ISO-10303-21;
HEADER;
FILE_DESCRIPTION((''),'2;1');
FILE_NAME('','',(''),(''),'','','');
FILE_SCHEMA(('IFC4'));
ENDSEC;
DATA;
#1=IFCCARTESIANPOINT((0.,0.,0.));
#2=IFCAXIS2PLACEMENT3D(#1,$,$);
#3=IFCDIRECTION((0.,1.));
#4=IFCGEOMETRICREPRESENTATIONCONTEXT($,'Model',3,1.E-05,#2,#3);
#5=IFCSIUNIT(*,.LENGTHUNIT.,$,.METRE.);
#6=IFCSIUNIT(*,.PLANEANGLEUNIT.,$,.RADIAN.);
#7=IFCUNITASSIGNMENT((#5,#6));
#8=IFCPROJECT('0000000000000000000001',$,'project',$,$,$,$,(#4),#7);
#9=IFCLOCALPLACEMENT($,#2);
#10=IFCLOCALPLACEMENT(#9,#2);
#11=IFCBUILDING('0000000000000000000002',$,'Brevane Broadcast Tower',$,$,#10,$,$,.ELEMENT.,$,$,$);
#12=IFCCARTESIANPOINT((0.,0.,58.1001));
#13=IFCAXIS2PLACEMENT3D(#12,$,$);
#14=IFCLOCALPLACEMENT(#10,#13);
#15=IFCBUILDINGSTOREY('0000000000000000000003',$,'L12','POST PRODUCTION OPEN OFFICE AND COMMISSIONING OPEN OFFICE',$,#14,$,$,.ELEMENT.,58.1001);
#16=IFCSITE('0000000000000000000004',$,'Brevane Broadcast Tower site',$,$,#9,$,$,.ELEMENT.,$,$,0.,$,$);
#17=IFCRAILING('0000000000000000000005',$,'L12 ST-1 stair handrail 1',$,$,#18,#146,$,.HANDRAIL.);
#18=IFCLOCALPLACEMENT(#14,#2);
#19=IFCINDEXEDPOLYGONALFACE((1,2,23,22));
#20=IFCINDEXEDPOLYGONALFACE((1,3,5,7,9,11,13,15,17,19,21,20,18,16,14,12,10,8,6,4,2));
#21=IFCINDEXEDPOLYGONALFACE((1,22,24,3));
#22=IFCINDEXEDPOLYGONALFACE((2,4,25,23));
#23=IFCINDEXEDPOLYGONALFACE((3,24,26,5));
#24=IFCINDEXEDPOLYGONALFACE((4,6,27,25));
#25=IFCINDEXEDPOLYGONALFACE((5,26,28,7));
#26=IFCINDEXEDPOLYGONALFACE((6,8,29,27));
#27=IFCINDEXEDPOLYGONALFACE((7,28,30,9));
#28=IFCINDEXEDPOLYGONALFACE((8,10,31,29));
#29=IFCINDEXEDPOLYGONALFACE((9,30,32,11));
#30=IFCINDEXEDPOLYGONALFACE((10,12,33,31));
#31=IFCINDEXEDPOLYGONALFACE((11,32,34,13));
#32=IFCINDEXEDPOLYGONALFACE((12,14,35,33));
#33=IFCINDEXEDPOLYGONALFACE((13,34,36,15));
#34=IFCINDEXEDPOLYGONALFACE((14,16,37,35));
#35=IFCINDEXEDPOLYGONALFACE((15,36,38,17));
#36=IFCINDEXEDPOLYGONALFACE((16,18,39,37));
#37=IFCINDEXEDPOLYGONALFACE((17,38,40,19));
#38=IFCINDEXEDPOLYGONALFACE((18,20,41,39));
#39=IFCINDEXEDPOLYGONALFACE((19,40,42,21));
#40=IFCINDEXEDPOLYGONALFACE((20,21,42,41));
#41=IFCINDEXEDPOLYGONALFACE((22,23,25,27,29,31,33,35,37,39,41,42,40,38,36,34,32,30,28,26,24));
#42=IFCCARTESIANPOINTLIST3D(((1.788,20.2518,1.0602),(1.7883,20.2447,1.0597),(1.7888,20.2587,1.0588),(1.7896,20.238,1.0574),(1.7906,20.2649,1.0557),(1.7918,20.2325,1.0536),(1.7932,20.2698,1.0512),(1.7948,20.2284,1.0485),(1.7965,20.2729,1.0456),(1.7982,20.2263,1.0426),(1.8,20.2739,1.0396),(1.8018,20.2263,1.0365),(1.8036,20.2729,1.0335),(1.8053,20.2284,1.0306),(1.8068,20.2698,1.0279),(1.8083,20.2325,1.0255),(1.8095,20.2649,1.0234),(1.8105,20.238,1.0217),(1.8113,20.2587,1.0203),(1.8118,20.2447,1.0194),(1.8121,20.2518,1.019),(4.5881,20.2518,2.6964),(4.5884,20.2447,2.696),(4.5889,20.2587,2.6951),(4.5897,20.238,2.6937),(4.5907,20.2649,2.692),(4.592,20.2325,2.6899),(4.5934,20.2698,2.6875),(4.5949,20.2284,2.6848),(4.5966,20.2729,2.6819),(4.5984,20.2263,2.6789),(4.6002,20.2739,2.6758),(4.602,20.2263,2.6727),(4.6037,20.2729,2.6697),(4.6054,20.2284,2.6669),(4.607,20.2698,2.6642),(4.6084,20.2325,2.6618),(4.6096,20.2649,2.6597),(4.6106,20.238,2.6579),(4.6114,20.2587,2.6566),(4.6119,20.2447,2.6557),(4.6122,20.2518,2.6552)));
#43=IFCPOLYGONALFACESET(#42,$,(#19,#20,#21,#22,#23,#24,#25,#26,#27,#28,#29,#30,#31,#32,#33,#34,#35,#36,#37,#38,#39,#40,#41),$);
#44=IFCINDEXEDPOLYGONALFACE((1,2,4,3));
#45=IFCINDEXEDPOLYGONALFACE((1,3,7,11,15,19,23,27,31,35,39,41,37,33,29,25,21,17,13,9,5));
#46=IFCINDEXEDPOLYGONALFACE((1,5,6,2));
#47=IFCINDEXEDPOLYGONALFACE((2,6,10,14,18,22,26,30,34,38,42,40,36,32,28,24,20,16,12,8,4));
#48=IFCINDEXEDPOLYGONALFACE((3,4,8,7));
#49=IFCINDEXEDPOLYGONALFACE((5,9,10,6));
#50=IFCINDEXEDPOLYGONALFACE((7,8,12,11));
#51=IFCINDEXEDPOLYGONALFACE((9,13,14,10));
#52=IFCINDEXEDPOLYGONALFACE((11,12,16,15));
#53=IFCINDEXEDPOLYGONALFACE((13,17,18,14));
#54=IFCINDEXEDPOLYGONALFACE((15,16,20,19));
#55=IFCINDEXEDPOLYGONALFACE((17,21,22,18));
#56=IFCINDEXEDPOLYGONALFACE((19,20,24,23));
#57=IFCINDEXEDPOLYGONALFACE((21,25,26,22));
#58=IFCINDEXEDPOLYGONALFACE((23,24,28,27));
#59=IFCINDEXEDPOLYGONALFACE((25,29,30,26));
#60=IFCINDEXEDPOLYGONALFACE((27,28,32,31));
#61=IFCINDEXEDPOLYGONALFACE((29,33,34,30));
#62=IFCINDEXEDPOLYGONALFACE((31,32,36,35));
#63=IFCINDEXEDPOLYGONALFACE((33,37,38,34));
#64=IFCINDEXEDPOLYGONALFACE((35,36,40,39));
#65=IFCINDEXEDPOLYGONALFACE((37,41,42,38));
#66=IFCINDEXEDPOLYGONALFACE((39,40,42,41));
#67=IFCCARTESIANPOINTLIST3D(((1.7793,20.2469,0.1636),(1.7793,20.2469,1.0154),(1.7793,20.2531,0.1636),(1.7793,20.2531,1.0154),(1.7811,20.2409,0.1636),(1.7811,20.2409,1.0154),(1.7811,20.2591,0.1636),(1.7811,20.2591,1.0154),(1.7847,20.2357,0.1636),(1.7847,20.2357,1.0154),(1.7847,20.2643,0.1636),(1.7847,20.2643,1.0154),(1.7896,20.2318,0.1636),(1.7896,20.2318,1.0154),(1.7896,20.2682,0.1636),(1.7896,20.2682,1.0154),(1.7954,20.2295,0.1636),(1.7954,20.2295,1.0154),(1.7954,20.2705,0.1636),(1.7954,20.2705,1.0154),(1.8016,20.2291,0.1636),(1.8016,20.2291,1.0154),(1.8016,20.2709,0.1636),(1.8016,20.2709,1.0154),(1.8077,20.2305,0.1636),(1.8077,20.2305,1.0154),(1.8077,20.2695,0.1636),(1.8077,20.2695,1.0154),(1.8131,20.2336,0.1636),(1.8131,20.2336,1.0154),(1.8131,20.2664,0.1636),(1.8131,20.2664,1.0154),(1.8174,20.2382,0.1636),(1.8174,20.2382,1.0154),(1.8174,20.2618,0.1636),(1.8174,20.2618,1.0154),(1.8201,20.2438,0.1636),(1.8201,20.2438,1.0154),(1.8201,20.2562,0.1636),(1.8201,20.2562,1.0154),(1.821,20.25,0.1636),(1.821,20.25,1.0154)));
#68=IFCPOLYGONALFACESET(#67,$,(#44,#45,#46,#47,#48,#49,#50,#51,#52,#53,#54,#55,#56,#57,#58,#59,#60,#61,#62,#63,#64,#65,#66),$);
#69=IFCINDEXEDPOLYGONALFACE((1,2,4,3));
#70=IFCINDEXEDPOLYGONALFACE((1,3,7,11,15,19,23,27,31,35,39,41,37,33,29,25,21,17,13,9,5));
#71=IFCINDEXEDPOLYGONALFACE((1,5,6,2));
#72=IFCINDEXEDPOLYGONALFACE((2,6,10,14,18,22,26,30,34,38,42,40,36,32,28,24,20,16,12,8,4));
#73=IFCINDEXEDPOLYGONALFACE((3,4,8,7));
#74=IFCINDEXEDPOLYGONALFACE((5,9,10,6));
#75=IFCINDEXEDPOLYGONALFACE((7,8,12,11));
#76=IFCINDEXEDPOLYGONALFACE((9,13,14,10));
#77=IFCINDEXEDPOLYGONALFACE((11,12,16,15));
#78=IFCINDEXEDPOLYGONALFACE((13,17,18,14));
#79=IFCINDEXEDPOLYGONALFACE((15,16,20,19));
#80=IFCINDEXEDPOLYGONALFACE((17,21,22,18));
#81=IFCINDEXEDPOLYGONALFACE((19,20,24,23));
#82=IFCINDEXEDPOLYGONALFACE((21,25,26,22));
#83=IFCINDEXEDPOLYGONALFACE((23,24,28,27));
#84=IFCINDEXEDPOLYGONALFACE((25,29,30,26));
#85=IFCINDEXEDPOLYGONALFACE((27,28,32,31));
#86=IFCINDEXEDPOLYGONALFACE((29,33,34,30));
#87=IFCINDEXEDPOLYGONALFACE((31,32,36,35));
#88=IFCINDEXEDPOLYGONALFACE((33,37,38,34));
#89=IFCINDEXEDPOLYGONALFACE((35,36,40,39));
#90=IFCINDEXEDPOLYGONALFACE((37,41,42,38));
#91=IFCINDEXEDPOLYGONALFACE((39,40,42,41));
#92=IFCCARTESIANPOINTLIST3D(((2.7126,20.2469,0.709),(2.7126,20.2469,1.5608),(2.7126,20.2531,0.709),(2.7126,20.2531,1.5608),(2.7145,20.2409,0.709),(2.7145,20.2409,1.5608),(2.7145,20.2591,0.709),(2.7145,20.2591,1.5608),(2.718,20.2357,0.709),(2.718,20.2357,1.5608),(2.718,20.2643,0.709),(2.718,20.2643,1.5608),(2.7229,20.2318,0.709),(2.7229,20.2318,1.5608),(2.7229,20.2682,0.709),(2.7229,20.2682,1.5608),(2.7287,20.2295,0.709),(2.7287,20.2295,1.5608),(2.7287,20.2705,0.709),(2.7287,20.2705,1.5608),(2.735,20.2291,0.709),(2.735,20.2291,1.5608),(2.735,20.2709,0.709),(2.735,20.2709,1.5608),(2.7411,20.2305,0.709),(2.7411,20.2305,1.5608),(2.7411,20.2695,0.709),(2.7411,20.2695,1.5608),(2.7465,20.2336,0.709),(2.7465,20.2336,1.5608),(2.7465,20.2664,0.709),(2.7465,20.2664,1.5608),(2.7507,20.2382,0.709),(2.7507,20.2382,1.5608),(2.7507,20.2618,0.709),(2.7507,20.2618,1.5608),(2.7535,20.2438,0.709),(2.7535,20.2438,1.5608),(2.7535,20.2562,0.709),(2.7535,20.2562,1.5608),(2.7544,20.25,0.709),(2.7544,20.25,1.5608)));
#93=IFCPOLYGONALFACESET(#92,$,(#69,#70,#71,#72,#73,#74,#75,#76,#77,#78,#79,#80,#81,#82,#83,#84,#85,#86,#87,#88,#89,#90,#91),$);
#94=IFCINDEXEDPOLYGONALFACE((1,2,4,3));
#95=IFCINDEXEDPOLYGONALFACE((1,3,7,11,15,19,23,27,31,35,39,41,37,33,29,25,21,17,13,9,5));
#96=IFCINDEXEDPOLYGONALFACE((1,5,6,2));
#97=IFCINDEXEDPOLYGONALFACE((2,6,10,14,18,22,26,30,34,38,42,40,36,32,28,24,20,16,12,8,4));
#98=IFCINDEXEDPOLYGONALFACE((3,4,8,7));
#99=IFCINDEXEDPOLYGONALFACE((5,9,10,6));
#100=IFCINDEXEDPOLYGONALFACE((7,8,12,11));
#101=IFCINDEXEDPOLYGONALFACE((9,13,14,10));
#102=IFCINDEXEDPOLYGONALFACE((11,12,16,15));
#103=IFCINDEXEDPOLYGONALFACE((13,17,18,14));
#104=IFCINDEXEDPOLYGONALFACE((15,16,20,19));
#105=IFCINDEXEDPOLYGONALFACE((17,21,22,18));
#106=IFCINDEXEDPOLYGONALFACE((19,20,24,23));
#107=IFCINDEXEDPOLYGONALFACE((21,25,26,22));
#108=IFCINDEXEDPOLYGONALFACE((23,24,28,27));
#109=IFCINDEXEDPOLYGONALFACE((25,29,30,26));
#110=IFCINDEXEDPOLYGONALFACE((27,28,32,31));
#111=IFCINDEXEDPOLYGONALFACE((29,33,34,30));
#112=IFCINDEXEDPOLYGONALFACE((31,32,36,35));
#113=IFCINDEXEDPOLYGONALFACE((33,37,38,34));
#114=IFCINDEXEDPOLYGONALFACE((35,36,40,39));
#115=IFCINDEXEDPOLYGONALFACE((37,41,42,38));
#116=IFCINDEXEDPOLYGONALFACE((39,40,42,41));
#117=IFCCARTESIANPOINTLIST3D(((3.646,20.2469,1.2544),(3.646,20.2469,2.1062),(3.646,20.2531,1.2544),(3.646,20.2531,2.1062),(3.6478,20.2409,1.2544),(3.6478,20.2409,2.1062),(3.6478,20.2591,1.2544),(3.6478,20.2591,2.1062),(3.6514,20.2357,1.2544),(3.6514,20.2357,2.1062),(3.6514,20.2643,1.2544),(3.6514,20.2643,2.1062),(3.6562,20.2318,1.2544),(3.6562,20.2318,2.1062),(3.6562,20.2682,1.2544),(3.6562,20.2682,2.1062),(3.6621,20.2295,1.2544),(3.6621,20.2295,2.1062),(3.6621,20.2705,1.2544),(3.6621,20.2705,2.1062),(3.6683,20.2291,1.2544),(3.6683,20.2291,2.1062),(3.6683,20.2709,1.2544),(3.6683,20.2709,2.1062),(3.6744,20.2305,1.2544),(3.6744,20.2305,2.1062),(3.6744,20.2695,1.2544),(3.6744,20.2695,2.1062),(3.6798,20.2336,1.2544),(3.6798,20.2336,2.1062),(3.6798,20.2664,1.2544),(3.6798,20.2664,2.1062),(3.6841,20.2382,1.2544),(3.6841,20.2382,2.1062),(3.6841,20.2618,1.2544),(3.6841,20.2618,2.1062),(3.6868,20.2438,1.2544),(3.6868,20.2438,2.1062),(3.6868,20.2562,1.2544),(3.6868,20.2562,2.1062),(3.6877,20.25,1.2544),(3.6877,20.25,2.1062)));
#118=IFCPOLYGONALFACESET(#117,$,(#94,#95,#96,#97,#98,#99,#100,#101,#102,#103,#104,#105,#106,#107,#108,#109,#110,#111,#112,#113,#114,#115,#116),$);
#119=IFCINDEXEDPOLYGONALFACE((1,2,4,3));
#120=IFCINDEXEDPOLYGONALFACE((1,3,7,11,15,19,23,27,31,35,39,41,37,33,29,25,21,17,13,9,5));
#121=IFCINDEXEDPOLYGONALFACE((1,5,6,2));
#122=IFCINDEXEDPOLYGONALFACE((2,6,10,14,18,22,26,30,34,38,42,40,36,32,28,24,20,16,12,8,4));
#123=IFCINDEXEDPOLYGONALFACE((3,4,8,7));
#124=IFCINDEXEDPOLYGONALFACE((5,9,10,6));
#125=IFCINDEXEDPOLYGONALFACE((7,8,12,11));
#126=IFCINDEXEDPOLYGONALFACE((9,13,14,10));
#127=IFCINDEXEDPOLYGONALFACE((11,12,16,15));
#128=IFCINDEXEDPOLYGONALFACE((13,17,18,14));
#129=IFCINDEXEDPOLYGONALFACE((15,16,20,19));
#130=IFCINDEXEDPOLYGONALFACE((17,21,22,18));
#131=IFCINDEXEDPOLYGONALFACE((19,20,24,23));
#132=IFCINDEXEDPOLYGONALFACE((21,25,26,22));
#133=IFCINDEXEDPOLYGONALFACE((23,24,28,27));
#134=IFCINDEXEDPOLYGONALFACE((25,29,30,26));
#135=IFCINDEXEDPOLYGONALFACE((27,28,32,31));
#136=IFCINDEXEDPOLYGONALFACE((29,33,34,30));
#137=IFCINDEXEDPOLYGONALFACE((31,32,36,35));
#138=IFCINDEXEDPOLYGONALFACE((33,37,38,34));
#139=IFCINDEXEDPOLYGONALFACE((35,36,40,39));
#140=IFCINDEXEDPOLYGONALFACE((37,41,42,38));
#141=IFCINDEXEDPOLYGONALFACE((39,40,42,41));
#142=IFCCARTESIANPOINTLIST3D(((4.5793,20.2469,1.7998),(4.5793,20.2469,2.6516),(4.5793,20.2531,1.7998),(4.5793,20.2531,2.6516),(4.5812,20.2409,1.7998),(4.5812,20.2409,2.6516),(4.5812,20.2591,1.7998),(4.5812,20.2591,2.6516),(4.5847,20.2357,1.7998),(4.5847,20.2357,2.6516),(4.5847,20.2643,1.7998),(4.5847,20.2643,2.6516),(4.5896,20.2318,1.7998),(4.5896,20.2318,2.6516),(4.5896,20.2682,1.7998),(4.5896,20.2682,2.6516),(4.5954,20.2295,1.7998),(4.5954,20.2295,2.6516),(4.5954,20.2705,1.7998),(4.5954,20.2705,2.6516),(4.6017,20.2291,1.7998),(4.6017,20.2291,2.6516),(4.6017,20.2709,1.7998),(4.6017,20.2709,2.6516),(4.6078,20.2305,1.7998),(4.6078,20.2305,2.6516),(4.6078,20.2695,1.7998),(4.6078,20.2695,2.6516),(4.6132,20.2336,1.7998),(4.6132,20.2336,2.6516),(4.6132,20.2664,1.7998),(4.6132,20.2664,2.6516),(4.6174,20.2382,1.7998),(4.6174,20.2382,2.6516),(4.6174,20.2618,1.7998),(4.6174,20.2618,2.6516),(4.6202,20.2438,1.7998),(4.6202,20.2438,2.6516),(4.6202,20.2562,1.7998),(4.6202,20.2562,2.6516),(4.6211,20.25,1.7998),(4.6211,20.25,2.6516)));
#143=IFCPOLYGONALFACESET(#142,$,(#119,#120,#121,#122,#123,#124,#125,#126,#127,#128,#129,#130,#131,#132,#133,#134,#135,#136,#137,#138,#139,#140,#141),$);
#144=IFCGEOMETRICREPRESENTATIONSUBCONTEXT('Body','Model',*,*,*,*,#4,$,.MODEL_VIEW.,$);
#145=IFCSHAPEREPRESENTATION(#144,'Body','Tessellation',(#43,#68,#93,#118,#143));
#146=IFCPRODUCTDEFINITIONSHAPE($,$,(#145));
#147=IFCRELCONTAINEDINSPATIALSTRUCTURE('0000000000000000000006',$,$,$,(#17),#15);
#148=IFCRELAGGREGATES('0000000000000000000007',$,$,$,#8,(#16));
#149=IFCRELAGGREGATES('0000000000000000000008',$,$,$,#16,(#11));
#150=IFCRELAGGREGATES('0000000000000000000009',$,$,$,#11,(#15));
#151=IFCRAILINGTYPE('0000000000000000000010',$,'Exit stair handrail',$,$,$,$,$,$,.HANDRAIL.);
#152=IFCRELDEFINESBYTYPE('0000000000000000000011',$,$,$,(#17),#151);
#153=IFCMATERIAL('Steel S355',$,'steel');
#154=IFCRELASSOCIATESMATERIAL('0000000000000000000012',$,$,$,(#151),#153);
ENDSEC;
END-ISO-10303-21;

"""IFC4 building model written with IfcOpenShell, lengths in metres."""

from ifc_helpers import new_model, si_unit, direction, frame, origin, origin_2d, place, context, subcontext, project, spatial, circle, extrude, material, type_object, element, save


model = new_model("IFC4")

# Units and contexts
model_context = context("Model", 3, precision=1e-05, world=origin(), true_north=direction((0.0, 1.0)))
body_context = subcontext(model_context, "Body", "Model", "MODEL_VIEW")
ifc_project = project(units=[si_unit("LENGTHUNIT", "METRE"), si_unit("PLANEANGLEUNIT", "RADIAN")], contexts=[model_context])

# Site, building, storey
site_placement = place(None, origin())
site = spatial("IfcSite", under=ifc_project, at=site_placement, Name="Brevane Broadcast Tower site", CompositionType="ELEMENT", RefElevation=0.0)
building_placement = place(site_placement, origin())
building = spatial("IfcBuilding", under=site, at=building_placement, Name="Brevane Broadcast Tower", CompositionType="ELEMENT")
storey_placement = place(building_placement, frame((0.0, 0.0, 58.1001)))
storey = spatial("IfcBuildingStorey", under=building, at=storey_placement, Name="L12", Description="POST PRODUCTION OPEN OFFICE AND COMMISSIONING OPEN OFFICE", CompositionType="ELEMENT", Elevation=58.1001)

# Railing
ifc_material_1 = material(Name="Steel S355", Category="steel")
railing_type = type_object("IfcRailingType", Name="Exit stair handrail", PredefinedType="HANDRAIL", material=ifc_material_1)
railing_placement = place(storey_placement, frame((1.8, 20.25, 0.1636)))
element("IfcRailing", 1, at=railing_placement, inside=storey, type_object=railing_type, Name="L12 ST-1 stair handrail 1", PredefinedType="HANDRAIL", context=body_context, shape_type="SweptSolid", body=[
    extrude(circle(Radius=0.0239, at=origin_2d()), frame((0.0, 0.0, 0.876), z_axis=(0.863394, 0.0, 0.504531), x_axis=(0.0, 1.0, 0.0)), (0.0, 0.0, 1.0), 3.2432),
    extrude(circle(Radius=0.021, at=origin_2d()), origin(), (0.0, 0.0, 1.0), 0.8518),
    extrude(circle(Radius=0.021, at=origin_2d()), frame((0.9333, 0.0, 0.5454)), (0.0, 0.0, 1.0), 0.8518),
    extrude(circle(Radius=0.021, at=origin_2d()), frame((1.8667, 0.0, 1.0908)), (0.0, 0.0, 1.0), 0.8518),
    extrude(circle(Radius=0.021, at=origin_2d()), frame((2.8, 0.0, 1.6362)), (0.0, 0.0, 1.0), 0.8518),
])

save(model, "model.ifc")
